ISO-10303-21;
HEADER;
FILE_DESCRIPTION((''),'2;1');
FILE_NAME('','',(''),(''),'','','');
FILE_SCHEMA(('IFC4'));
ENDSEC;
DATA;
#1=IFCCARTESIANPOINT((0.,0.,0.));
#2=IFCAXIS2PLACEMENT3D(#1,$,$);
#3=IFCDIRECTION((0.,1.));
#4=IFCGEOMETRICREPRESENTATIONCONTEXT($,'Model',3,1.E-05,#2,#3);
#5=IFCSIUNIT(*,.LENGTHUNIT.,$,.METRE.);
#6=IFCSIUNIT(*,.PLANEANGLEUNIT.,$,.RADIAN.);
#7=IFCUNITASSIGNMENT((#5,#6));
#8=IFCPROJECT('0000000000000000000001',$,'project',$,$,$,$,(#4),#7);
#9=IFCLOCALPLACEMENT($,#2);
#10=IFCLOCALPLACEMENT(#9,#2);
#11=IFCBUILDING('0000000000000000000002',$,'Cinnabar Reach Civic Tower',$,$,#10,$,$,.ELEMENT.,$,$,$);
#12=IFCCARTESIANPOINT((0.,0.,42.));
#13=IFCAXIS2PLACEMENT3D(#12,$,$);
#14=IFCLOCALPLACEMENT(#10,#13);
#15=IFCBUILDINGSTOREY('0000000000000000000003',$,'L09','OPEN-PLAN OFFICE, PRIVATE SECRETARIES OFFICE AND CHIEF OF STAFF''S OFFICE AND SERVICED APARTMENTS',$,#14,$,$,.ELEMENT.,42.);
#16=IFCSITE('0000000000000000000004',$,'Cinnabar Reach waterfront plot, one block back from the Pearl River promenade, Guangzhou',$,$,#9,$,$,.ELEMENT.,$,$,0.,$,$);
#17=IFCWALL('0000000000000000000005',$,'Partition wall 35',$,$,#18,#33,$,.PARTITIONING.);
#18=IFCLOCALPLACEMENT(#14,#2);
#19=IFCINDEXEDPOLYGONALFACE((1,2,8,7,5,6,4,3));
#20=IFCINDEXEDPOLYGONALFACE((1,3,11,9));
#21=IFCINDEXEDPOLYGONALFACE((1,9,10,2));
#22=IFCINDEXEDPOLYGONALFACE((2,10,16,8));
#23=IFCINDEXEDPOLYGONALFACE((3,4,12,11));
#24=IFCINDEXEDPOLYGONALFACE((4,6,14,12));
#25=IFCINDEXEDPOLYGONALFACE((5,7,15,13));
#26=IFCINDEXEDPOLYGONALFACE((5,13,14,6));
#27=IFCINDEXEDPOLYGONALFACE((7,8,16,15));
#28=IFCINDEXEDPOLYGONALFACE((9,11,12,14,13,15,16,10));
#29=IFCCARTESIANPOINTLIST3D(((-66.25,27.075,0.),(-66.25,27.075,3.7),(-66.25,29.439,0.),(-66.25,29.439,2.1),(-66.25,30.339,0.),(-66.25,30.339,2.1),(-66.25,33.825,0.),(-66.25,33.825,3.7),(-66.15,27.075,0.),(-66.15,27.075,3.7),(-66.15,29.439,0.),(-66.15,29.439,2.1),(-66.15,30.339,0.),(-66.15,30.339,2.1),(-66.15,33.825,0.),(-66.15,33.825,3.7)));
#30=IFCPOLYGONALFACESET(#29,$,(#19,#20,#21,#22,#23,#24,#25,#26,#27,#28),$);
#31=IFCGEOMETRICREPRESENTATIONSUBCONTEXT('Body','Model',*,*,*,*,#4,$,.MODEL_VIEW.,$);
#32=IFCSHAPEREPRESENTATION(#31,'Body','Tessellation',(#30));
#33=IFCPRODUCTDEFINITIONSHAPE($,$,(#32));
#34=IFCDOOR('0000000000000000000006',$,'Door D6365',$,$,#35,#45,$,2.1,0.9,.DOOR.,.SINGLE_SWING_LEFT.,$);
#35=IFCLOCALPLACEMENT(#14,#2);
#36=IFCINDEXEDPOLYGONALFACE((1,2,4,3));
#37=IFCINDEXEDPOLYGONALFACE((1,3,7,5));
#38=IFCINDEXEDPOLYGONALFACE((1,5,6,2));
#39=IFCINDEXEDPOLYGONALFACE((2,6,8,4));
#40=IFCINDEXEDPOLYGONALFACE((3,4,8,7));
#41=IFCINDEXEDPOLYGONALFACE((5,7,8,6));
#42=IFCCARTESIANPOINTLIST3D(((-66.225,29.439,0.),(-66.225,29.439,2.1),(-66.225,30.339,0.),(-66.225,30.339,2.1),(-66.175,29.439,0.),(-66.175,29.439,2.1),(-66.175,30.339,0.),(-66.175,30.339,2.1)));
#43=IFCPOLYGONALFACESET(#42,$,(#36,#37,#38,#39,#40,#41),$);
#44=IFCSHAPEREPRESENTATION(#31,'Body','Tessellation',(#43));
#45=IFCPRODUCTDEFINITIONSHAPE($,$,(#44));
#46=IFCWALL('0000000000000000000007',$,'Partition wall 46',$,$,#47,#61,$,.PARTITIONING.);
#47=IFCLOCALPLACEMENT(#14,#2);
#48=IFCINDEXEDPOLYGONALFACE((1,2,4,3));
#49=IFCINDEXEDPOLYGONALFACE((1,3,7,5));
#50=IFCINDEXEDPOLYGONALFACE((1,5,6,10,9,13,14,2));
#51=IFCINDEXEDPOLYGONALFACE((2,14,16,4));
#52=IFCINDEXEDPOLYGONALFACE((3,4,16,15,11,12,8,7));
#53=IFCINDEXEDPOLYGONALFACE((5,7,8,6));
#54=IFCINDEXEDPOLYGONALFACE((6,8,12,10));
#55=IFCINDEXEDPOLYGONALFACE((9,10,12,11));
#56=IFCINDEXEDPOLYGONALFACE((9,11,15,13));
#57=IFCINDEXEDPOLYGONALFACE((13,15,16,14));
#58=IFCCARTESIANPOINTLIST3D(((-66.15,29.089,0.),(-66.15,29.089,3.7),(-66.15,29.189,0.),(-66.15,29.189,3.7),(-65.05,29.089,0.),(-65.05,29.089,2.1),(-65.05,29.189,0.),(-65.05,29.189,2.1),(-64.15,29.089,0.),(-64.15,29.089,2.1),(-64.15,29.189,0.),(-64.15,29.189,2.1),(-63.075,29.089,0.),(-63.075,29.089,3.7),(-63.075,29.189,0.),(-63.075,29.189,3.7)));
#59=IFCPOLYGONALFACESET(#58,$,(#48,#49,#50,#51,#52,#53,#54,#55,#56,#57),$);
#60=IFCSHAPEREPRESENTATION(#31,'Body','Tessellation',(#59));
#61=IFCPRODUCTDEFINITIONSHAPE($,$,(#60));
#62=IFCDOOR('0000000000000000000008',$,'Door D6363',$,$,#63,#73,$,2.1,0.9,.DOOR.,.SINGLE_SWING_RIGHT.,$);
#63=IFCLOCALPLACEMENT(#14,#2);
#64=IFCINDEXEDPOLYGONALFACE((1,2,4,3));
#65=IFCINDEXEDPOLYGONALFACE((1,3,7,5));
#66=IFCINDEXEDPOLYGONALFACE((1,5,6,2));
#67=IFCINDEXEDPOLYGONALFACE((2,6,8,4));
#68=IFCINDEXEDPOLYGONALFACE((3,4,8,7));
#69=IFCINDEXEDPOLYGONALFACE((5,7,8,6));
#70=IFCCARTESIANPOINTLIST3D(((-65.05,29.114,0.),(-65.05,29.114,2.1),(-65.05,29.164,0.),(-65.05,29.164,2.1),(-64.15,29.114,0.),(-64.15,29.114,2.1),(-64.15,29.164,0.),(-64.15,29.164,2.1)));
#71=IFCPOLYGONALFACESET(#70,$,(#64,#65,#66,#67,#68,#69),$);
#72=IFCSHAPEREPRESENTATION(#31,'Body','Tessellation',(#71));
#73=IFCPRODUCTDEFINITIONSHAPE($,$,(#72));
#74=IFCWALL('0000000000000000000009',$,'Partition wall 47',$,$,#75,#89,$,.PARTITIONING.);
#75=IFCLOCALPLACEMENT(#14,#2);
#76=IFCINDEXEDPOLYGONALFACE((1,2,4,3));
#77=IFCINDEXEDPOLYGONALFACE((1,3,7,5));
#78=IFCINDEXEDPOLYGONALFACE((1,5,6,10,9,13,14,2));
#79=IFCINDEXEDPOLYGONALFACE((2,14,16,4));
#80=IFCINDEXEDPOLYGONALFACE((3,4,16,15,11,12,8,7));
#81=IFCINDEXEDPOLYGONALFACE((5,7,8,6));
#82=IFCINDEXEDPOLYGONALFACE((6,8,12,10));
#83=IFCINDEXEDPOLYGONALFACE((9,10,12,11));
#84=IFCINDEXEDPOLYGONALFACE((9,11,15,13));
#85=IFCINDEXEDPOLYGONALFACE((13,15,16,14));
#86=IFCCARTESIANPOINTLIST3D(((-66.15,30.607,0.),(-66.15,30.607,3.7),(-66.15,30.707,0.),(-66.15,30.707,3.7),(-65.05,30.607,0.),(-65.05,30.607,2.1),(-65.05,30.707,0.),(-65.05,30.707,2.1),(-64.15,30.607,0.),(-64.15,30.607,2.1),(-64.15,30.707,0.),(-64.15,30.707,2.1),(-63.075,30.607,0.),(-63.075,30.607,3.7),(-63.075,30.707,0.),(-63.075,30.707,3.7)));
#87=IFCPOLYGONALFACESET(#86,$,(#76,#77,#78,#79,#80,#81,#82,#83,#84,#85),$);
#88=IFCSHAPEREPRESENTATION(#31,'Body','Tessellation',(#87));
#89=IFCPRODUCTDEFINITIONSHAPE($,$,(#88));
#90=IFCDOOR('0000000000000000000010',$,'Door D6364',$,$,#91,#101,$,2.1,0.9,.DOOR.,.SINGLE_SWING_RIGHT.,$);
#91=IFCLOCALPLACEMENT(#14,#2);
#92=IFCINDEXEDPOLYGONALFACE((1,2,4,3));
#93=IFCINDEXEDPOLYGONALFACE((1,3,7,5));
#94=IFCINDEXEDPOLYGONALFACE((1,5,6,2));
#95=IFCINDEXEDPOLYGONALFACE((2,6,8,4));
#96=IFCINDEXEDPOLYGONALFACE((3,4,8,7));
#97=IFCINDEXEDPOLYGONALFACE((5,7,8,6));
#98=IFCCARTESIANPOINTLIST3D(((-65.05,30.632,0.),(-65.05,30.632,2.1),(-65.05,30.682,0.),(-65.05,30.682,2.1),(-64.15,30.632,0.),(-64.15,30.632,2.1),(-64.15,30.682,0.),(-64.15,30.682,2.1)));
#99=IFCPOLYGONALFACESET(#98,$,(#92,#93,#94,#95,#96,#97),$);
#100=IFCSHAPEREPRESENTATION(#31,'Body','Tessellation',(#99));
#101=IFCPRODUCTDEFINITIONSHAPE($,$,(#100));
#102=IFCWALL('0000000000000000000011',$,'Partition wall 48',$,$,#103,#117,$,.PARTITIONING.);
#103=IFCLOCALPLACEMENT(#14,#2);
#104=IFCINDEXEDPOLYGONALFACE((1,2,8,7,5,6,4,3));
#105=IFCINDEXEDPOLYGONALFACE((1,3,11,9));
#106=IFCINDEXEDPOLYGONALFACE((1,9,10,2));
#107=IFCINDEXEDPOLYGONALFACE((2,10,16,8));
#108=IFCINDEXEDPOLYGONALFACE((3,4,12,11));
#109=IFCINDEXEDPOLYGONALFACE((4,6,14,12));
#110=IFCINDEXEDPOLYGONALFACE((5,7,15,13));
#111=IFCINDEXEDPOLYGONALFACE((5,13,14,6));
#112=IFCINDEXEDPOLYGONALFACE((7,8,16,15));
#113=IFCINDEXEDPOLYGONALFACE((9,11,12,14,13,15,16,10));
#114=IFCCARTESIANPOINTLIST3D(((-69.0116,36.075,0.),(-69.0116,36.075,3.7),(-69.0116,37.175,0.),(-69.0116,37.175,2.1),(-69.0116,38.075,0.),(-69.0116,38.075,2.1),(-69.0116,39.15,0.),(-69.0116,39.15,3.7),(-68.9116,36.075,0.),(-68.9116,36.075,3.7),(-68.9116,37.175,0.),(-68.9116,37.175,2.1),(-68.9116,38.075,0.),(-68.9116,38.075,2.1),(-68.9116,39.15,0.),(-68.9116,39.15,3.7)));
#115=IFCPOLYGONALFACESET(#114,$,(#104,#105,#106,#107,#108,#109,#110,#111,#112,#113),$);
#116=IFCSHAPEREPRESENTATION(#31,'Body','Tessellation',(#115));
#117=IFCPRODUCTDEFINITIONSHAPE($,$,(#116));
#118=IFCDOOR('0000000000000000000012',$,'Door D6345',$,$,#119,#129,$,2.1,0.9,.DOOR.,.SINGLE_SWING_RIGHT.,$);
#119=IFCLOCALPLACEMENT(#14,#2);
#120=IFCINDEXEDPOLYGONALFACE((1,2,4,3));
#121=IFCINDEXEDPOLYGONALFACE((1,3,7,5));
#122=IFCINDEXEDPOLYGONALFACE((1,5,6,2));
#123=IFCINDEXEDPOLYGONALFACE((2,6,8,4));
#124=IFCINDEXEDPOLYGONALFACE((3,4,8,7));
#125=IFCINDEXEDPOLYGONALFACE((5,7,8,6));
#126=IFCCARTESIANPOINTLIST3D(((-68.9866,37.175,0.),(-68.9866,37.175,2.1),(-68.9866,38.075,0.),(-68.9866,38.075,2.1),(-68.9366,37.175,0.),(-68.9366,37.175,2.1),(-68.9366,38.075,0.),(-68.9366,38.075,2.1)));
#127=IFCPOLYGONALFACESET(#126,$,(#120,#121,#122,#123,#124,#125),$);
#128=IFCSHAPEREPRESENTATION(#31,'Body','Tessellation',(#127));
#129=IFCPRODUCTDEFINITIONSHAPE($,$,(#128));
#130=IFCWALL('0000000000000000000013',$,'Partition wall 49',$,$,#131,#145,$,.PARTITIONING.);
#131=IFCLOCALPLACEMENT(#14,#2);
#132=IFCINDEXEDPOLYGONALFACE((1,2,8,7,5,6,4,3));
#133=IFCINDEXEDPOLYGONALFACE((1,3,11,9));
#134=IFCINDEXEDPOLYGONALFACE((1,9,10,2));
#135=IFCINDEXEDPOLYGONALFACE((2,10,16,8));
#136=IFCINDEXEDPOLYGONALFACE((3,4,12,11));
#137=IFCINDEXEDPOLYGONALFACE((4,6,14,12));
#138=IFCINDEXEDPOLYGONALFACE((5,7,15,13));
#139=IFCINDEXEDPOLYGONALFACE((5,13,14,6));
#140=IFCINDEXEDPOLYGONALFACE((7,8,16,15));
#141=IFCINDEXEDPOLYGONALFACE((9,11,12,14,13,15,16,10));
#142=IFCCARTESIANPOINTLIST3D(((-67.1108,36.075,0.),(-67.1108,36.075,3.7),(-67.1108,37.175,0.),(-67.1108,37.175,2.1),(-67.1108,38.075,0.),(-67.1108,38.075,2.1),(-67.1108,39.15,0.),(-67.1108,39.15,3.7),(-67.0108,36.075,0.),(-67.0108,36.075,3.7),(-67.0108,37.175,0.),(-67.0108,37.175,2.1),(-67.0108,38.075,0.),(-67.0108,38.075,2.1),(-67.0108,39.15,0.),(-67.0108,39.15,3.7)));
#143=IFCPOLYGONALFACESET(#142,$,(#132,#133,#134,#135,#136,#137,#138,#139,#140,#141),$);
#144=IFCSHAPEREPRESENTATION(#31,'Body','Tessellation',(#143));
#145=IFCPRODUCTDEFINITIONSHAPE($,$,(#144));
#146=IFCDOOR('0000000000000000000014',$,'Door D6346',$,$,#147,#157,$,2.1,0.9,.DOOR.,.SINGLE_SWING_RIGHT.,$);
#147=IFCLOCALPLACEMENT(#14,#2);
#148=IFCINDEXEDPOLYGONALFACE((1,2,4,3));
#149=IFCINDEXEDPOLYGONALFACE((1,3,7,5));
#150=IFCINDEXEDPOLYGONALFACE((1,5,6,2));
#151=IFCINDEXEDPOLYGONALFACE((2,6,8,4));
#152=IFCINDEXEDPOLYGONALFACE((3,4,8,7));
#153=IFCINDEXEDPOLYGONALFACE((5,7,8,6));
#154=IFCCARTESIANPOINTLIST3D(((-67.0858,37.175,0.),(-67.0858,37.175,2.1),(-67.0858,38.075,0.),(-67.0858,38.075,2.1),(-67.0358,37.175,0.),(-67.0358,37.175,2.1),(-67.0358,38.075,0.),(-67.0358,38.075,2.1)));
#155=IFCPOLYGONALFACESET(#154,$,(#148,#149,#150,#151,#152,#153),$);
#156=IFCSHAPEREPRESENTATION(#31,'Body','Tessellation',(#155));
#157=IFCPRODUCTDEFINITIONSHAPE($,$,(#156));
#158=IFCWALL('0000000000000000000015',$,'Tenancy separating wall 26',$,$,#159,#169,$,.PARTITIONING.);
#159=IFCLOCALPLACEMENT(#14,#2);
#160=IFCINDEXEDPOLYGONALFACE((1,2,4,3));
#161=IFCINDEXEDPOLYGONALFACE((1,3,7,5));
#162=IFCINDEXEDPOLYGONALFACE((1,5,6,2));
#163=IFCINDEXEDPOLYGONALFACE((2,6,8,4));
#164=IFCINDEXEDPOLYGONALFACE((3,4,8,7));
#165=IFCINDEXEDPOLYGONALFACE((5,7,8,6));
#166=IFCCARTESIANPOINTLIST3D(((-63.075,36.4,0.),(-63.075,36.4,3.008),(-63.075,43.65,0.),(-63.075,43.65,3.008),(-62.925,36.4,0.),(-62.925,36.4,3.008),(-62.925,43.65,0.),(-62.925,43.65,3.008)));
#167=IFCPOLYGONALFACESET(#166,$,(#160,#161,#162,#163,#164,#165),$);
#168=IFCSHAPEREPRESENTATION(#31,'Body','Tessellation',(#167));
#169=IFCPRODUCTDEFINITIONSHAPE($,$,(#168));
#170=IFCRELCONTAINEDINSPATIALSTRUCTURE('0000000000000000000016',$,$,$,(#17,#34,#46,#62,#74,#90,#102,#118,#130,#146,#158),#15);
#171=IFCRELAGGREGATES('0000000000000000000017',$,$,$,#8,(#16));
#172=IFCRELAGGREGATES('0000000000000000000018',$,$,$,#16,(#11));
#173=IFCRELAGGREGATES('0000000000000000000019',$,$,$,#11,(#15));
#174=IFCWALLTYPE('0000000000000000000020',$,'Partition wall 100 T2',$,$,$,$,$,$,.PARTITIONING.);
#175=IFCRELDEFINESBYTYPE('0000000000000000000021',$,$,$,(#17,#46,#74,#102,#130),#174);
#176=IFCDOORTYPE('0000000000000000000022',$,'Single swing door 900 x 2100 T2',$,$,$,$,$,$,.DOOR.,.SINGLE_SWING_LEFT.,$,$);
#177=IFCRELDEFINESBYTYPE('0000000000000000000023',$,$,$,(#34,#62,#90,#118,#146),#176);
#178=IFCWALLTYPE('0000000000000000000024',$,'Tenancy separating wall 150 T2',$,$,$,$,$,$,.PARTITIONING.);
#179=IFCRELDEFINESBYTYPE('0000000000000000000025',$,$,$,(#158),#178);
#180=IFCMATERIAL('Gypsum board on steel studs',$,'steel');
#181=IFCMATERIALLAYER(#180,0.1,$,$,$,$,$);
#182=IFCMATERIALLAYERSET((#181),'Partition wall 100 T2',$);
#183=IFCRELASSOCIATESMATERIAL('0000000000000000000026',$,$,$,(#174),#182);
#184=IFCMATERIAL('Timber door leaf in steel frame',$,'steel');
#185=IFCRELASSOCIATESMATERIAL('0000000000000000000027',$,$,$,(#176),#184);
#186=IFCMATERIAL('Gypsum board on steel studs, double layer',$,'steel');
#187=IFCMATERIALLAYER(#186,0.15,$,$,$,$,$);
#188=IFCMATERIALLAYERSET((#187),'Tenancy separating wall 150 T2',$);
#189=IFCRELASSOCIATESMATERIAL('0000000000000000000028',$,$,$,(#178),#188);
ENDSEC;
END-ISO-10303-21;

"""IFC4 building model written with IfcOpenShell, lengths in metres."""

from ifc_helpers import new_model, si_unit, direction, frame, frame_2d, origin, place, context, subcontext, project, spatial, rectangle, extrude, material, layer, layer_set, type_object, element, fill, save


model = new_model("IFC4")

# Units and contexts
model_context = context("Model", 3, precision=1e-05, world=origin(), true_north=direction((0.0, 1.0)))
body_context = subcontext(model_context, "Body", "Model", "MODEL_VIEW")
ifc_project = project(units=[si_unit("LENGTHUNIT", "METRE"), si_unit("PLANEANGLEUNIT", "RADIAN")], contexts=[model_context])

# Site, building, storey
site_placement = place(None, origin())
site = spatial("IfcSite", under=ifc_project, at=site_placement, Name="Cinnabar Reach waterfront plot, one block back from the Pearl River promenade, Guangzhou", CompositionType="ELEMENT", RefElevation=0.0)
building_placement = place(site_placement, origin())
building = spatial("IfcBuilding", under=site, at=building_placement, Name="Cinnabar Reach Civic Tower", CompositionType="ELEMENT")
storey_placement = place(building_placement, frame((0.0, 0.0, 42.0)))
storey = spatial("IfcBuildingStorey", under=building, at=storey_placement, Name="L09", Description="OPEN-PLAN OFFICE, PRIVATE SECRETARIES OFFICE AND CHIEF OF STAFF'S OFFICE AND SERVICED APARTMENTS", CompositionType="ELEMENT", Elevation=42.0)

# Shared definitions
ifc_material_1 = material(Name="Gypsum board on steel studs, double layer", Category="steel")
ifc_material_2 = material(Name="Timber door leaf in steel frame", Category="steel")

# Walls, openings, doors
ifc_material_3 = material(Name="Gypsum board on steel studs", Category="steel")
ifc_layer_1 = layer(ifc_material_3, 0.1)
ifc_layer_set_1 = layer_set([ifc_layer_1], Name="Partition wall 100 T2")
wall_type_1 = type_object("IfcWallType", Name="Partition wall 100 T2", PredefinedType="PARTITIONING", material=ifc_layer_set_1)
wall_1_placement = place(storey_placement, frame((-66.2, 27.075, 0.0), z_axis=(0.0, 0.0, 1.0), x_axis=(0.0, 1.0, 0.0)))
wall_1 = element("IfcWall", 1, at=wall_1_placement, inside=storey, type_object=wall_type_1, Name="Partition wall 35", PredefinedType="PARTITIONING", context=body_context, shape_type="SweptSolid", body=[
    extrude(rectangle(XDim=6.75, YDim=0.1, at=frame_2d((3.375, 0.0))), origin(), (0.0, 0.0, 1.0), 3.7),
])
opening_1_placement = place(wall_1_placement, frame((2.364, 0.0, 0.0)))
opening_1 = element("IfcOpeningElement", 2, at=opening_1_placement, cuts=wall_1, PredefinedType="OPENING", context=body_context, shape_type="SweptSolid", body=[
    extrude(rectangle(XDim=0.9, YDim=2.1, at=frame_2d((0.45, 1.05))), frame((0.0, 0.06, 0.0), z_axis=(0.0, -1.0, 0.0), x_axis=(1.0, 0.0, 0.0)), (0.0, 0.0, 1.0), 0.12),
])
door_type_1 = type_object("IfcDoorType", Name="Single swing door 900 x 2100 T2", OperationType="SINGLE_SWING_LEFT", PredefinedType="DOOR", material=ifc_material_2)
door_1_placement = place(opening_1_placement, frame((0.9, 0.0, 0.0), z_axis=(0.0, 0.0, 1.0), x_axis=(-1.0, 0.0, 0.0)))
door_1 = element("IfcDoor", 3, at=door_1_placement, inside=storey, type_object=door_type_1, Name="Door D6365", OperationType="SINGLE_SWING_LEFT", OverallHeight=2.1, OverallWidth=0.9, PredefinedType="DOOR", context=body_context, shape_type="SweptSolid", body=[
    extrude(rectangle(XDim=0.9, YDim=2.1, at=frame_2d((0.45, 1.05))), frame((0.0, 0.025, 0.0), z_axis=(0.0, -1.0, 0.0), x_axis=(1.0, 0.0, 0.0)), (0.0, 0.0, 1.0), 0.05),
])
fill(opening_1, door_1)
wall_2_placement = place(storey_placement, frame((-66.15, 29.139, 0.0), z_axis=(0.0, 0.0, 1.0), x_axis=(1.0, 0.0, 0.0)))
wall_2 = element("IfcWall", 4, at=wall_2_placement, inside=storey, type_object=wall_type_1, Name="Partition wall 46", PredefinedType="PARTITIONING", context=body_context, shape_type="SweptSolid", body=[
    extrude(rectangle(XDim=3.075, YDim=0.1, at=frame_2d((1.5375, 0.0))), origin(), (0.0, 0.0, 1.0), 3.7),
])
opening_2_placement = place(wall_2_placement, frame((1.1, 0.0, 0.0)))
opening_2 = element("IfcOpeningElement", 5, at=opening_2_placement, cuts=wall_2, PredefinedType="OPENING", context=body_context, shape_type="SweptSolid", body=[
    extrude(rectangle(XDim=0.9, YDim=2.1, at=frame_2d((0.45, 1.05))), frame((0.0, 0.06, 0.0), z_axis=(0.0, -1.0, 0.0), x_axis=(1.0, 0.0, 0.0)), (0.0, 0.0, 1.0), 0.12),
])
door_2_placement = place(opening_2_placement, frame((0.9, 0.0, 0.0), z_axis=(0.0, 0.0, 1.0), x_axis=(-1.0, 0.0, 0.0)))
door_2 = element("IfcDoor", 6, at=door_2_placement, inside=storey, type_object=door_type_1, Name="Door D6363", OperationType="SINGLE_SWING_RIGHT", OverallHeight=2.1, OverallWidth=0.9, PredefinedType="DOOR", context=body_context, shape_type="SweptSolid", body=[
    extrude(rectangle(XDim=0.9, YDim=2.1, at=frame_2d((0.45, 1.05))), frame((0.0, 0.025, 0.0), z_axis=(0.0, -1.0, 0.0), x_axis=(1.0, 0.0, 0.0)), (0.0, 0.0, 1.0), 0.05),
])
fill(opening_2, door_2)
wall_3_placement = place(storey_placement, frame((-66.15, 30.657, 0.0), z_axis=(0.0, 0.0, 1.0), x_axis=(1.0, 0.0, 0.0)))
wall_3 = element("IfcWall", 7, at=wall_3_placement, inside=storey, type_object=wall_type_1, Name="Partition wall 47", PredefinedType="PARTITIONING", context=body_context, shape_type="SweptSolid", body=[
    extrude(rectangle(XDim=3.075, YDim=0.1, at=frame_2d((1.5375, 0.0))), origin(), (0.0, 0.0, 1.0), 3.7),
])
opening_3_placement = place(wall_3_placement, frame((1.1, 0.0, 0.0)))
opening_3 = element("IfcOpeningElement", 8, at=opening_3_placement, cuts=wall_3, PredefinedType="OPENING", context=body_context, shape_type="SweptSolid", body=[
    extrude(rectangle(XDim=0.9, YDim=2.1, at=frame_2d((0.45, 1.05))), frame((0.0, 0.06, 0.0), z_axis=(0.0, -1.0, 0.0), x_axis=(1.0, 0.0, 0.0)), (0.0, 0.0, 1.0), 0.12),
])
door_3_placement = place(opening_3_placement, frame((0.9, 0.0, 0.0), z_axis=(0.0, 0.0, 1.0), x_axis=(-1.0, 0.0, 0.0)))
door_3 = element("IfcDoor", 9, at=door_3_placement, inside=storey, type_object=door_type_1, Name="Door D6364", OperationType="SINGLE_SWING_RIGHT", OverallHeight=2.1, OverallWidth=0.9, PredefinedType="DOOR", context=body_context, shape_type="SweptSolid", body=[
    extrude(rectangle(XDim=0.9, YDim=2.1, at=frame_2d((0.45, 1.05))), frame((0.0, 0.025, 0.0), z_axis=(0.0, -1.0, 0.0), x_axis=(1.0, 0.0, 0.0)), (0.0, 0.0, 1.0), 0.05),
])
fill(opening_3, door_3)
wall_4_placement = place(storey_placement, frame((-68.9616, 36.075, 0.0), z_axis=(0.0, 0.0, 1.0), x_axis=(0.0, 1.0, 0.0)))
wall_4 = element("IfcWall", 10, at=wall_4_placement, inside=storey, type_object=wall_type_1, Name="Partition wall 48", PredefinedType="PARTITIONING", context=body_context, shape_type="SweptSolid", body=[
    extrude(rectangle(XDim=3.075, YDim=0.1, at=frame_2d((1.5375, 0.0))), origin(), (0.0, 0.0, 1.0), 3.7),
])
opening_4_placement = place(wall_4_placement, frame((1.1, 0.0, 0.0)))
opening_4 = element("IfcOpeningElement", 11, at=opening_4_placement, cuts=wall_4, PredefinedType="OPENING", context=body_context, shape_type="SweptSolid", body=[
    extrude(rectangle(XDim=0.9, YDim=2.1, at=frame_2d((0.45, 1.05))), frame((0.0, 0.06, 0.0), z_axis=(0.0, -1.0, 0.0), x_axis=(1.0, 0.0, 0.0)), (0.0, 0.0, 1.0), 0.12),
])
door_4_placement = place(opening_4_placement, origin())
door_4 = element("IfcDoor", 12, at=door_4_placement, inside=storey, type_object=door_type_1, Name="Door D6345", OperationType="SINGLE_SWING_RIGHT", OverallHeight=2.1, OverallWidth=0.9, PredefinedType="DOOR", context=body_context, shape_type="SweptSolid", body=[
    extrude(rectangle(XDim=0.9, YDim=2.1, at=frame_2d((0.45, 1.05))), frame((0.0, 0.025, 0.0), z_axis=(0.0, -1.0, 0.0), x_axis=(1.0, 0.0, 0.0)), (0.0, 0.0, 1.0), 0.05),
])
fill(opening_4, door_4)
wall_5_placement = place(storey_placement, frame((-67.0608, 36.075, 0.0), z_axis=(0.0, 0.0, 1.0), x_axis=(0.0, 1.0, 0.0)))
wall_5 = element("IfcWall", 13, at=wall_5_placement, inside=storey, type_object=wall_type_1, Name="Partition wall 49", PredefinedType="PARTITIONING", context=body_context, shape_type="SweptSolid", body=[
    extrude(rectangle(XDim=3.075, YDim=0.1, at=frame_2d((1.5375, 0.0))), origin(), (0.0, 0.0, 1.0), 3.7),
])
opening_5_placement = place(wall_5_placement, frame((1.1, 0.0, 0.0)))
opening_5 = element("IfcOpeningElement", 14, at=opening_5_placement, cuts=wall_5, PredefinedType="OPENING", context=body_context, shape_type="SweptSolid", body=[
    extrude(rectangle(XDim=0.9, YDim=2.1, at=frame_2d((0.45, 1.05))), frame((0.0, 0.06, 0.0), z_axis=(0.0, -1.0, 0.0), x_axis=(1.0, 0.0, 0.0)), (0.0, 0.0, 1.0), 0.12),
])
door_5_placement = place(opening_5_placement, origin())
door_5 = element("IfcDoor", 15, at=door_5_placement, inside=storey, type_object=door_type_1, Name="Door D6346", OperationType="SINGLE_SWING_RIGHT", OverallHeight=2.1, OverallWidth=0.9, PredefinedType="DOOR", context=body_context, shape_type="SweptSolid", body=[
    extrude(rectangle(XDim=0.9, YDim=2.1, at=frame_2d((0.45, 1.05))), frame((0.0, 0.025, 0.0), z_axis=(0.0, -1.0, 0.0), x_axis=(1.0, 0.0, 0.0)), (0.0, 0.0, 1.0), 0.05),
])
fill(opening_5, door_5)

# Wall
ifc_layer_2 = layer(ifc_material_1, 0.15)
ifc_layer_set_2 = layer_set([ifc_layer_2], Name="Tenancy separating wall 150 T2")
wall_type_2 = type_object("IfcWallType", Name="Tenancy separating wall 150 T2", PredefinedType="PARTITIONING", material=ifc_layer_set_2)
wall_6_placement = place(storey_placement, frame((-63.0, 36.4, 0.0), z_axis=(0.0, 0.0, 1.0), x_axis=(0.0, 1.0, 0.0)))
element("IfcWall", 16, at=wall_6_placement, inside=storey, type_object=wall_type_2, Name="Tenancy separating wall 26", PredefinedType="PARTITIONING", context=body_context, shape_type="SweptSolid", body=[
    extrude(rectangle(XDim=7.25, YDim=0.15, at=frame_2d((3.625, 0.0))), origin(), (0.0, 0.0, 1.0), 3.008),
])

save(model, "model.ifc")
